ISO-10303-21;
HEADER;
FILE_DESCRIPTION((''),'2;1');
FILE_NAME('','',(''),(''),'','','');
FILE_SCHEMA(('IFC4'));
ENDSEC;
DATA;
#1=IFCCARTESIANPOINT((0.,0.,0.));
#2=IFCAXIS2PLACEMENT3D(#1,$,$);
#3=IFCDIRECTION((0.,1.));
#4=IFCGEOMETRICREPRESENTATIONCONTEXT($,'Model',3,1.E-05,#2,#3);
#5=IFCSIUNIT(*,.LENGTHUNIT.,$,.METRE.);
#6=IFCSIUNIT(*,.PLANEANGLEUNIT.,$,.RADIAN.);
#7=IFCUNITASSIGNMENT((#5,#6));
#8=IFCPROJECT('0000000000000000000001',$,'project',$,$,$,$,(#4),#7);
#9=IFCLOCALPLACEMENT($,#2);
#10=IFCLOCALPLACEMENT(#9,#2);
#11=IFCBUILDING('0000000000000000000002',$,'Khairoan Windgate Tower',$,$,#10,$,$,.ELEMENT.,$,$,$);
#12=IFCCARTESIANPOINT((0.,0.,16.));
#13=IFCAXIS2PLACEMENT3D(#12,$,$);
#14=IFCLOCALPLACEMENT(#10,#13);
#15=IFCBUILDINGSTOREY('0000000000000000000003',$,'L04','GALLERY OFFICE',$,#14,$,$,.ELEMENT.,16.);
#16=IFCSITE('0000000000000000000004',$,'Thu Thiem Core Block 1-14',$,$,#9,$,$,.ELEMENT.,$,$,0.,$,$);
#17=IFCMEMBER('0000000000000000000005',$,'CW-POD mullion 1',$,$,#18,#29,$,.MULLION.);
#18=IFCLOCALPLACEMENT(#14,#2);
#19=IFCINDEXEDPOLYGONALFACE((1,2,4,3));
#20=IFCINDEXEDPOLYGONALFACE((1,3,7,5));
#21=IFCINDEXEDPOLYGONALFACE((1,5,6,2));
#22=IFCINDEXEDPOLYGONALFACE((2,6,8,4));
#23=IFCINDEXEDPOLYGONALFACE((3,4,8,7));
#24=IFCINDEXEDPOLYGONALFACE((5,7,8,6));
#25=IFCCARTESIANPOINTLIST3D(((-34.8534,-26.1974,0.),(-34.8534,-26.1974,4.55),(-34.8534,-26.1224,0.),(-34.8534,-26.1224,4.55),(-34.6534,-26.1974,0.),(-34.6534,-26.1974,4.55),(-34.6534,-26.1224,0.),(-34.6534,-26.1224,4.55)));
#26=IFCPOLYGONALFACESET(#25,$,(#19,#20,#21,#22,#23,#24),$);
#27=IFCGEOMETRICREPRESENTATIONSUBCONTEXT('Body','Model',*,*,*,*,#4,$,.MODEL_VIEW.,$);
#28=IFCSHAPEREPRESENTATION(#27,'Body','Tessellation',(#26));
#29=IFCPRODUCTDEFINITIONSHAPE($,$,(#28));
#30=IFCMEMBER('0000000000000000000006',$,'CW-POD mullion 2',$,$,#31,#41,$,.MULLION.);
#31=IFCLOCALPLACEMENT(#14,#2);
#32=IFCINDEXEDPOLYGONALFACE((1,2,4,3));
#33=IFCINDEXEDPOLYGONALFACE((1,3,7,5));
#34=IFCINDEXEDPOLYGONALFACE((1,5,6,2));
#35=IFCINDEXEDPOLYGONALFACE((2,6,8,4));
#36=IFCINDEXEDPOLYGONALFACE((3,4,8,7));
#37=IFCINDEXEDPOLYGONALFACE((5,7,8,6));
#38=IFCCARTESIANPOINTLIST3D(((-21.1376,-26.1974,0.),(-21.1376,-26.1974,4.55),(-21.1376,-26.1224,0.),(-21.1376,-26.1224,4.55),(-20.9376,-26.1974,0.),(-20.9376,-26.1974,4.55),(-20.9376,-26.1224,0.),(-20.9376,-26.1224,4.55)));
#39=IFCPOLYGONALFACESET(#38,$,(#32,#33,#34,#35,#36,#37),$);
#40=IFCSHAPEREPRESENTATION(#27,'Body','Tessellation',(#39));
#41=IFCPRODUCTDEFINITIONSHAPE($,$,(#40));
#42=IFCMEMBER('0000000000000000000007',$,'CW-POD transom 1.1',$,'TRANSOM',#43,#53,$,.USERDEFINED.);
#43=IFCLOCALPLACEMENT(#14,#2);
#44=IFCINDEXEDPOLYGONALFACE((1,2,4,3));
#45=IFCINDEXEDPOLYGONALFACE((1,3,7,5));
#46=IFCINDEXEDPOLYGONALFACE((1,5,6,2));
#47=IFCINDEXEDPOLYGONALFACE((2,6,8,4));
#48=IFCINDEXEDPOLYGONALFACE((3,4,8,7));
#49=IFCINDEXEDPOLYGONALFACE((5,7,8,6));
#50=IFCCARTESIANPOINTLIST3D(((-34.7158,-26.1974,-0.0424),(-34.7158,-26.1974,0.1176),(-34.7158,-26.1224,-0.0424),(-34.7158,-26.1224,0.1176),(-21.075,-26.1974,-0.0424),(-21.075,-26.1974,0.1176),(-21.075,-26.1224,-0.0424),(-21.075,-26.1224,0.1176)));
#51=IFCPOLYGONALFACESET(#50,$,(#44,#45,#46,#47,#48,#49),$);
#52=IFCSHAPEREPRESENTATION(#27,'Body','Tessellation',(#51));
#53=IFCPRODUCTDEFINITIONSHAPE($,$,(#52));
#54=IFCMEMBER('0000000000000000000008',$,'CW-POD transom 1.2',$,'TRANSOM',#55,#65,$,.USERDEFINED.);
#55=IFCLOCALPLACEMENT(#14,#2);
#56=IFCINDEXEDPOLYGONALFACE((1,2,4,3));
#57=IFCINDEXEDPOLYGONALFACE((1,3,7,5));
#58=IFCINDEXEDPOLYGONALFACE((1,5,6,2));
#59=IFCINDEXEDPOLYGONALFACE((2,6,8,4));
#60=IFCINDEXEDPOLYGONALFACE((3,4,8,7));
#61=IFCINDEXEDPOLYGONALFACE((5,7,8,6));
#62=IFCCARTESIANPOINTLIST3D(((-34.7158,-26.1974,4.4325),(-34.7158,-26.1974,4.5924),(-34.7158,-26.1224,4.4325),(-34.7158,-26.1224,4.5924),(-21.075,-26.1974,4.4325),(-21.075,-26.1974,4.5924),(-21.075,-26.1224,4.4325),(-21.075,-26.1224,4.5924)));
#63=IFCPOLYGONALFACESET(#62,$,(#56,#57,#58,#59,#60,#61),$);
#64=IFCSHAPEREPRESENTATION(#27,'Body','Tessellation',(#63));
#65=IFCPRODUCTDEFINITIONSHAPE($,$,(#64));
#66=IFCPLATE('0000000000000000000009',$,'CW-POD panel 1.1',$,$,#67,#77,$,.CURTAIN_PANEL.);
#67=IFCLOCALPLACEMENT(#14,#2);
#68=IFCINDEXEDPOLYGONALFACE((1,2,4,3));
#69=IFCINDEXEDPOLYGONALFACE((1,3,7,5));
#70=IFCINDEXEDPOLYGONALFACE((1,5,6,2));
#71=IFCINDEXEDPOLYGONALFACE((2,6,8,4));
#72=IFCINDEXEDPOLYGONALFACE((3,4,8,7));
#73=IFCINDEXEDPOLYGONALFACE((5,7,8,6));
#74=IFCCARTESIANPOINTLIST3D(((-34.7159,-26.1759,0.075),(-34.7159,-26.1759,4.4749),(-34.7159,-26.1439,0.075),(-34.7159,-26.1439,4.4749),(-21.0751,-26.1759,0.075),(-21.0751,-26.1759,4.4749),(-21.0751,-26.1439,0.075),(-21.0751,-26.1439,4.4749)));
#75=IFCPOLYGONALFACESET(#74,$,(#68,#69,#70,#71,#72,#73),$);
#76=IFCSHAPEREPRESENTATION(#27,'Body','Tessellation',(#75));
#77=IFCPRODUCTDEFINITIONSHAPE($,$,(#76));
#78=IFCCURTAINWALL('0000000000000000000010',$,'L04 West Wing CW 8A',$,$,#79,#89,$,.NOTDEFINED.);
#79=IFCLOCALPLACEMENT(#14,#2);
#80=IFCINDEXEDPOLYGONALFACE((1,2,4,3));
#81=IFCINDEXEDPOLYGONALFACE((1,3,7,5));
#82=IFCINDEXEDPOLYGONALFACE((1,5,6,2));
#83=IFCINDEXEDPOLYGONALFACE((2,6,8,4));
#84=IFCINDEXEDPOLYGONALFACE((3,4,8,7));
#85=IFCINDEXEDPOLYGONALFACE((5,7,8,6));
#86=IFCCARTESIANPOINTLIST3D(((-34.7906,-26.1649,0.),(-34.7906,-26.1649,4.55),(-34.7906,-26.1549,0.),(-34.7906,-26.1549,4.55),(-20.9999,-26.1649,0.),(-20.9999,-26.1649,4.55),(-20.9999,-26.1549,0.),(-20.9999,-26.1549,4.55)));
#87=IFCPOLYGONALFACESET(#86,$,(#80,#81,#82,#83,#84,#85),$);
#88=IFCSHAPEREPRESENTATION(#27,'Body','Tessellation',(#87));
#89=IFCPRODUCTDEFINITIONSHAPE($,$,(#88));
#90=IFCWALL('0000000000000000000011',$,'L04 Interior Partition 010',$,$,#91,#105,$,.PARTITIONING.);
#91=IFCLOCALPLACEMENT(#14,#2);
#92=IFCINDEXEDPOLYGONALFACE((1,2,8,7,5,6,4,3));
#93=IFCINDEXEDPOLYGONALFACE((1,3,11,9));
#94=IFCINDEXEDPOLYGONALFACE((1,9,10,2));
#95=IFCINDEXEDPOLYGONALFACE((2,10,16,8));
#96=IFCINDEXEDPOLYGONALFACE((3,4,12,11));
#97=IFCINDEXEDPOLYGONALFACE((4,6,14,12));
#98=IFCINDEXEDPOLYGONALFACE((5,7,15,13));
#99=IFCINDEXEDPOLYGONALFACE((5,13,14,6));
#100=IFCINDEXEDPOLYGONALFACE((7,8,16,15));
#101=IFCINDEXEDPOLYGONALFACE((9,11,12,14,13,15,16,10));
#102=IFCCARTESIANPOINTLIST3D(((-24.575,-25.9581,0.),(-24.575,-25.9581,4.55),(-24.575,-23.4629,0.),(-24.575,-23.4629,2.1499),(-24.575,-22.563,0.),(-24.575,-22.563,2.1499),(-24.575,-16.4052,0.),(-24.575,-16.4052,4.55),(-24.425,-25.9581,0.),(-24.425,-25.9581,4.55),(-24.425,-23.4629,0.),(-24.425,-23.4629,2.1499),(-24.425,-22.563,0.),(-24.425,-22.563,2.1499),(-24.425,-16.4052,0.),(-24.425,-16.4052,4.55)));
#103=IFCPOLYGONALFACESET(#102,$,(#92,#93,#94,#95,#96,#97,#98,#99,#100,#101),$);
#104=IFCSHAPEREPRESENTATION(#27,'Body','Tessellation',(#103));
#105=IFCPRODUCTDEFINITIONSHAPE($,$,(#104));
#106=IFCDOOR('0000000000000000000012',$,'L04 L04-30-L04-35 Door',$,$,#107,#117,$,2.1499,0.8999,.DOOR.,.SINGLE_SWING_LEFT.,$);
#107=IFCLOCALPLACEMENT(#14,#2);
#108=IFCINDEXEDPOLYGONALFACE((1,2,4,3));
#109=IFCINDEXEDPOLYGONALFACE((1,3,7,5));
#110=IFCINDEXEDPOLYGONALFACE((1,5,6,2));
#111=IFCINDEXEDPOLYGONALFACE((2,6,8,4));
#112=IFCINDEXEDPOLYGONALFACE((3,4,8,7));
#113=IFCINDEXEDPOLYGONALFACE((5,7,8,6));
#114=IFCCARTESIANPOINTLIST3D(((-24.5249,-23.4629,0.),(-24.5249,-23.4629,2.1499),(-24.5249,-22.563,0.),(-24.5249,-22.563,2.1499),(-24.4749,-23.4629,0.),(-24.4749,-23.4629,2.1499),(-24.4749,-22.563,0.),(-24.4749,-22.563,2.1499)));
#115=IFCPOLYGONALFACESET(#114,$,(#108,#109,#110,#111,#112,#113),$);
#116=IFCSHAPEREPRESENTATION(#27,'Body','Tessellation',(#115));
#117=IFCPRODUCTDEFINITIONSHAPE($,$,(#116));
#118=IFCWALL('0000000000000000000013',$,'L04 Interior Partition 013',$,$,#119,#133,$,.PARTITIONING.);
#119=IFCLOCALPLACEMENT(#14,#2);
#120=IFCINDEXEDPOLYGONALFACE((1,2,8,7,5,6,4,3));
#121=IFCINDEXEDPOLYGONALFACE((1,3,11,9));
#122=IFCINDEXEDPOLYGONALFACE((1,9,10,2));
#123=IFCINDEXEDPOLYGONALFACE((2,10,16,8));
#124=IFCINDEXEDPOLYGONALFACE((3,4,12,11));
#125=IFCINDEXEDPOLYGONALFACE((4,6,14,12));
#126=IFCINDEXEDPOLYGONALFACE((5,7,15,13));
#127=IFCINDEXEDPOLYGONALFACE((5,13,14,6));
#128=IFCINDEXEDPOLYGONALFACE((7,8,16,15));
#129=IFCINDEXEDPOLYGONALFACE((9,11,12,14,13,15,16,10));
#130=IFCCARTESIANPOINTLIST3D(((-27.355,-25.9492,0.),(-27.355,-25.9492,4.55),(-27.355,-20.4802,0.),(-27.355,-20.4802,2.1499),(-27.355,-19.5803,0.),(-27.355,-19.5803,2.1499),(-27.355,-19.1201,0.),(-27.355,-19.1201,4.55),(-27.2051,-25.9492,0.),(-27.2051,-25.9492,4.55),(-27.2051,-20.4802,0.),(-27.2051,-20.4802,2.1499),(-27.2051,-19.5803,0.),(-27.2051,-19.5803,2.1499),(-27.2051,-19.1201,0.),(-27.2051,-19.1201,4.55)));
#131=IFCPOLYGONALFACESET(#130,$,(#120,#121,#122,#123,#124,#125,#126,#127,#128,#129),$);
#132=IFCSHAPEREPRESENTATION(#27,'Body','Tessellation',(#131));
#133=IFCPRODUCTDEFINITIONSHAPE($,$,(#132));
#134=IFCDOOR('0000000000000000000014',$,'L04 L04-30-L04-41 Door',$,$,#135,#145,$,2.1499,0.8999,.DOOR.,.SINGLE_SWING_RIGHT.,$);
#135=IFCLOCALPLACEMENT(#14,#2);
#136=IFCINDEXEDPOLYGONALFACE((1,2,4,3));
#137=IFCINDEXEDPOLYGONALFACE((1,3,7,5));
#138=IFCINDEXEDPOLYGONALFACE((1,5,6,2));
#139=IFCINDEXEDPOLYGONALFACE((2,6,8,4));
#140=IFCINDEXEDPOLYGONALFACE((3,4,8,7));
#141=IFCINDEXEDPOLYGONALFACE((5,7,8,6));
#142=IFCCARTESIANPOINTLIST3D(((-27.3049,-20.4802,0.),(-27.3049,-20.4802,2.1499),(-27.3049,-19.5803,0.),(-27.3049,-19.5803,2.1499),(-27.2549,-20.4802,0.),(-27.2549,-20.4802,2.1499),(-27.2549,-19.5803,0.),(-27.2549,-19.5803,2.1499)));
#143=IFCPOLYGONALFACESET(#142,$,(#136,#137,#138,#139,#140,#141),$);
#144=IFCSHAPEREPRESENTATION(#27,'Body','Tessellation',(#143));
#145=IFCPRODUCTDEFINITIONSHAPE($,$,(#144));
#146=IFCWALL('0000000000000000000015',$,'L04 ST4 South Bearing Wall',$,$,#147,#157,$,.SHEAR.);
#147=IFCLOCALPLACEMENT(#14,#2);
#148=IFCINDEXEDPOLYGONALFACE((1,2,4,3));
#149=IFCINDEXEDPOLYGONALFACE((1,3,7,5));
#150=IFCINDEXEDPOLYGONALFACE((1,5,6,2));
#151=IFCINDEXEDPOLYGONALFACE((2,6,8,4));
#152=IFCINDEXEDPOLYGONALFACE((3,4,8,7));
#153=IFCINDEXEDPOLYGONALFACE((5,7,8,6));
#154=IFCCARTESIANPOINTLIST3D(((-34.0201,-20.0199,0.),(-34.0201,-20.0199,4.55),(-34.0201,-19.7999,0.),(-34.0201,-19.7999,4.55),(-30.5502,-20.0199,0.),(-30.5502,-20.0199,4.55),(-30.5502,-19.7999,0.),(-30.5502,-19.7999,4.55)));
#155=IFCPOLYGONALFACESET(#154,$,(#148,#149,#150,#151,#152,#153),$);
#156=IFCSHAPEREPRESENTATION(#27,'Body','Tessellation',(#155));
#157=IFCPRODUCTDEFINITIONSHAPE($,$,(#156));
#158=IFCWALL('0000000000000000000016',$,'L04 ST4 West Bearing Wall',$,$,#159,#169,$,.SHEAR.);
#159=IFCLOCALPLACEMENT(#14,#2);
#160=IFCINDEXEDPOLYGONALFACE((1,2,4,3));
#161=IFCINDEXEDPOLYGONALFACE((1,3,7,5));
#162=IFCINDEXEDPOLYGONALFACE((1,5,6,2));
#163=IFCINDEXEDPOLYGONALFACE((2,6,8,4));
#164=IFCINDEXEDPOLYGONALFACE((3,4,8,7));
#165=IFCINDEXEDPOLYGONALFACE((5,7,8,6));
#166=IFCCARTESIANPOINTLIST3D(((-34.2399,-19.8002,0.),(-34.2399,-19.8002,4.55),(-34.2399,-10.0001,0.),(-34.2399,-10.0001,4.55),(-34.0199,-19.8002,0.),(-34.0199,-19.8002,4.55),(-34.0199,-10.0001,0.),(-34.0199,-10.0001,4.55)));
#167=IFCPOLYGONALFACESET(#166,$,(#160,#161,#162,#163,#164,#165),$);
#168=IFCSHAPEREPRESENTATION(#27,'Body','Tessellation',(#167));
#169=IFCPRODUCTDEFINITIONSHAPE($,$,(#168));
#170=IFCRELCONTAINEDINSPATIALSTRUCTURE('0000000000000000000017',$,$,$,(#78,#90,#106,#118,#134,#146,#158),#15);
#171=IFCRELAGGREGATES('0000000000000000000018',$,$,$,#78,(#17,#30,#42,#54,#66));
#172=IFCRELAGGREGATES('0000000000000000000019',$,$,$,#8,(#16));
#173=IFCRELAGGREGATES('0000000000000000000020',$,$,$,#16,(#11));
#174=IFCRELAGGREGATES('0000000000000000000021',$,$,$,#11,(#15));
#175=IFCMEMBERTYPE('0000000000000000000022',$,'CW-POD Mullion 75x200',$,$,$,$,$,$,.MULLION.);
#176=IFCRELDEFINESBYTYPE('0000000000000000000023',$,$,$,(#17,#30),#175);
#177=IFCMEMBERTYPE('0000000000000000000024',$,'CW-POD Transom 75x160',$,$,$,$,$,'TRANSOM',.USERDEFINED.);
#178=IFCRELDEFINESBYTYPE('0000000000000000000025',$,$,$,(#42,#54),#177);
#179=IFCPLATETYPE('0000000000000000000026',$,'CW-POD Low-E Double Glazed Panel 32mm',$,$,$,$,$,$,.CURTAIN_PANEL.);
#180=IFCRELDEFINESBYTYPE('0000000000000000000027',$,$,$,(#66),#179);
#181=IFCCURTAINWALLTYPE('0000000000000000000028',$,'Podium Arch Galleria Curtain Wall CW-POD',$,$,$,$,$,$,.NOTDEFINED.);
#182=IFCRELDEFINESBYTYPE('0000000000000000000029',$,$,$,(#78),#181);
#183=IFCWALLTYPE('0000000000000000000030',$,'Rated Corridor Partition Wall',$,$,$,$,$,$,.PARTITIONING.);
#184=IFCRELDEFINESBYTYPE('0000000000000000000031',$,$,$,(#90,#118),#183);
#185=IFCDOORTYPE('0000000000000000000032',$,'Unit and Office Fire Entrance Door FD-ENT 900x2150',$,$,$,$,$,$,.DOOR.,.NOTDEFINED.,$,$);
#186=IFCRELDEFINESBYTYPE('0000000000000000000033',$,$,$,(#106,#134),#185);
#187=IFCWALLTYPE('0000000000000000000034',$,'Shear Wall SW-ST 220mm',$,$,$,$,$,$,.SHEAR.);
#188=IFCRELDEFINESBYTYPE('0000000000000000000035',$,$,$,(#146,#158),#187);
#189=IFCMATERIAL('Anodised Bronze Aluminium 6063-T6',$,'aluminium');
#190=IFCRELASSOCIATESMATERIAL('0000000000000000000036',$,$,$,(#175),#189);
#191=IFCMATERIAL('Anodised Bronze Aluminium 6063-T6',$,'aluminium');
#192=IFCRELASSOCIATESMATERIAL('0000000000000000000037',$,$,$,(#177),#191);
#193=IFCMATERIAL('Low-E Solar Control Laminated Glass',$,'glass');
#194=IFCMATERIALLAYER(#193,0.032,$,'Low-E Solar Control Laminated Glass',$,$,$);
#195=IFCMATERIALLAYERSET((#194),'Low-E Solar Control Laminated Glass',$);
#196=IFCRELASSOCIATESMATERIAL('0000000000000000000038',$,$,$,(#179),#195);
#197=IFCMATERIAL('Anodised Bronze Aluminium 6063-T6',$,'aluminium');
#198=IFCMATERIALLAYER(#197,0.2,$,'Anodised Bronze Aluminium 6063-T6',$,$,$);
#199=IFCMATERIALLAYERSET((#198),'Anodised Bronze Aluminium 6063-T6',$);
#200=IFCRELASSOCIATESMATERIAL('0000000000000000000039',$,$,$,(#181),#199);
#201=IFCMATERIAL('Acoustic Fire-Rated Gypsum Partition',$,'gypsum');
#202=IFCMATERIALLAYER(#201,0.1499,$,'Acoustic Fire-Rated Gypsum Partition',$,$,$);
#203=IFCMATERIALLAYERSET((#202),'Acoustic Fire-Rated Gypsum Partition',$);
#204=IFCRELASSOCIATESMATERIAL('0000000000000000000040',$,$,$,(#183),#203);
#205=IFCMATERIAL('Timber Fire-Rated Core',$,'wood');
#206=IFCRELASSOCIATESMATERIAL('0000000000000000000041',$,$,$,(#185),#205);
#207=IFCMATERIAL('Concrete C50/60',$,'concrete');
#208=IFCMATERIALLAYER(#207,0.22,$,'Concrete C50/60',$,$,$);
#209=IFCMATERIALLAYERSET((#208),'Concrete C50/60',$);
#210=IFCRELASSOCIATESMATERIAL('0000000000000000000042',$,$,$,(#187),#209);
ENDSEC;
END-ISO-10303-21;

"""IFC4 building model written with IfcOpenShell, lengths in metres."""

from ifc_helpers import new_model, si_unit, direction, frame, frame_2d, origin, origin_2d, place, context, subcontext, project, spatial, rectangle, extrude, material, layer, layer_set, material_profile, profile_set, type_object, element, fill, aggregate, save


model = new_model("IFC4")

# Units and contexts
model_context = context("Model", 3, precision=1e-05, world=origin(), true_north=direction((0.0, 1.0)))
body_context = subcontext(model_context, "Body", "Model", "MODEL_VIEW")
ifc_project = project(units=[si_unit("LENGTHUNIT", "METRE"), si_unit("PLANEANGLEUNIT", "RADIAN")], contexts=[model_context])

# Site, building, storey
site_placement = place(None, origin())
site = spatial("IfcSite", under=ifc_project, at=site_placement, Name="Thu Thiem Core Block 1-14", CompositionType="ELEMENT", RefElevation=0.0)
building_placement = place(site_placement, origin())
building = spatial("IfcBuilding", under=site, at=building_placement, Name="Khairoan Windgate Tower", CompositionType="ELEMENT")
storey_placement = place(building_placement, frame((0.0, 0.0, 16.0)))
storey = spatial("IfcBuildingStorey", under=building, at=storey_placement, Name="L04", Description="GALLERY OFFICE", CompositionType="ELEMENT", Elevation=16.0)

# Members
ifc_material_1 = material(Name="Anodised Bronze Aluminium 6063-T6", Category="aluminium")
ifc_material_profile_1 = material_profile(ifc_material_1, rectangle(XDim=0.075, YDim=0.2, at=origin_2d()))
ifc_profile_set_1 = profile_set([ifc_material_profile_1], Name="Anodised Bronze Aluminium 6063-T6")
member_type_1 = type_object("IfcMemberType", Name="CW-POD Mullion 75x200", PredefinedType="MULLION", material=ifc_profile_set_1)
member_1_placement = place(storey_placement, frame((-34.7534, -26.1599, 0.0), z_axis=(0.0, 0.0, 1.0), x_axis=(0.0, 1.0, 0.0)))
member_1 = element("IfcMember", 1, at=member_1_placement, type_object=member_type_1, Name="CW-POD mullion 1", PredefinedType="MULLION", context=body_context, shape_type="SweptSolid", body=[
    extrude(rectangle(XDim=0.075, YDim=0.2, at=origin_2d()), origin(), (0.0, 0.0, 1.0), 4.55),
])
member_2_placement = place(storey_placement, frame((-21.0376, -26.1599, 0.0), z_axis=(0.0, 0.0, 1.0), x_axis=(0.0, 1.0, 0.0)))
member_2 = element("IfcMember", 2, at=member_2_placement, type_object=member_type_1, Name="CW-POD mullion 2", PredefinedType="MULLION", context=body_context, shape_type="SweptSolid", body=[
    extrude(rectangle(XDim=0.075, YDim=0.2, at=origin_2d()), origin(), (0.0, 0.0, 1.0), 4.55),
])
ifc_material_2 = material(Name="Anodised Bronze Aluminium 6063-T6", Category="aluminium")
ifc_material_profile_2 = material_profile(ifc_material_2, rectangle(XDim=0.075, YDim=0.1599, at=origin_2d()))
ifc_profile_set_2 = profile_set([ifc_material_profile_2], Name="Anodised Bronze Aluminium 6063-T6")
member_type_2 = type_object("IfcMemberType", Name="CW-POD Transom 75x160", ElementType="TRANSOM", PredefinedType="USERDEFINED", material=ifc_profile_set_2)
member_3_placement = place(storey_placement, frame((-34.7158, -26.1599, 0.0376), z_axis=(1.0, 0.0, 0.0), x_axis=(0.0, 1.0, 0.0)))
member_3 = element("IfcMember", 3, at=member_3_placement, type_object=member_type_2, Name="CW-POD transom 1.1", ObjectType="TRANSOM", PredefinedType="USERDEFINED", context=body_context, shape_type="SweptSolid", body=[
    extrude(rectangle(XDim=0.075, YDim=0.1599, at=origin_2d()), origin(), (0.0, 0.0, 1.0), 13.6409),
])
member_4_placement = place(storey_placement, frame((-34.7158, -26.1599, 4.5125), z_axis=(1.0, 0.0, 0.0), x_axis=(0.0, 1.0, 0.0)))
member_4 = element("IfcMember", 4, at=member_4_placement, type_object=member_type_2, Name="CW-POD transom 1.2", ObjectType="TRANSOM", PredefinedType="USERDEFINED", context=body_context, shape_type="SweptSolid", body=[
    extrude(rectangle(XDim=0.075, YDim=0.1599, at=origin_2d()), origin(), (0.0, 0.0, 1.0), 13.6409),
])

# Plate
ifc_material_3 = material(Name="Low-E Solar Control Laminated Glass", Category="glass")
ifc_layer_1 = layer(ifc_material_3, 0.032, Name="Low-E Solar Control Laminated Glass")
ifc_layer_set_1 = layer_set([ifc_layer_1], Name="Low-E Solar Control Laminated Glass")
plate_type = type_object("IfcPlateType", Name="CW-POD Low-E Double Glazed Panel 32mm", PredefinedType="CURTAIN_PANEL", material=ifc_layer_set_1)
plate_1_placement = place(storey_placement, frame((-27.8955, -26.1599, 0.075), z_axis=(0.0, 0.0, 1.0), x_axis=(1.0, 0.0, 0.0)))
plate_1 = element("IfcPlate", 5, at=plate_1_placement, type_object=plate_type, Name="CW-POD panel 1.1", PredefinedType="CURTAIN_PANEL", context=body_context, shape_type="SweptSolid", body=[
    extrude(rectangle(XDim=13.6409, YDim=0.032, at=origin_2d()), origin(), (0.0, 0.0, 1.0), 4.3999),
])

# Curtain wall
ifc_material_4 = material(Name="Anodised Bronze Aluminium 6063-T6", Category="aluminium")
ifc_layer_2 = layer(ifc_material_4, 0.2, Name="Anodised Bronze Aluminium 6063-T6")
ifc_layer_set_2 = layer_set([ifc_layer_2], Name="Anodised Bronze Aluminium 6063-T6")
curtain_wall_type = type_object("IfcCurtainWallType", Name="Podium Arch Galleria Curtain Wall CW-POD", PredefinedType="NOTDEFINED", material=ifc_layer_set_2)
curtain_wall_1_placement = place(storey_placement, frame((-34.7908, -26.1599, 0.0), z_axis=(0.0, 0.0, 1.0), x_axis=(1.0, 0.0, 0.0)))
curtain_wall_1 = element("IfcCurtainWall", 6, at=curtain_wall_1_placement, inside=storey, type_object=curtain_wall_type, Name="L04 West Wing CW 8A", PredefinedType="NOTDEFINED", context=body_context, shape_type="SweptSolid", body=[
    extrude(rectangle(XDim=13.7908, YDim=0.01, at=frame_2d((6.8955, 0.0))), origin(), (0.0, 0.0, 1.0), 4.55),
])
aggregate(curtain_wall_1, [member_1, member_2, member_3, member_4, plate_1])

# Walls, openings, doors
ifc_material_5 = material(Name="Acoustic Fire-Rated Gypsum Partition", Category="gypsum")
ifc_layer_3 = layer(ifc_material_5, 0.1499, Name="Acoustic Fire-Rated Gypsum Partition")
ifc_layer_set_3 = layer_set([ifc_layer_3], Name="Acoustic Fire-Rated Gypsum Partition")
wall_type_1 = type_object("IfcWallType", Name="Rated Corridor Partition Wall", PredefinedType="PARTITIONING", material=ifc_layer_set_3)
wall_1_placement = place(storey_placement, frame((-24.5, -25.958, 0.0), z_axis=(0.0, 0.0, 1.0), x_axis=(0.0, 1.0, 0.0)))
wall_1 = element("IfcWall", 7, at=wall_1_placement, inside=storey, type_object=wall_type_1, Name="L04 Interior Partition 010", PredefinedType="PARTITIONING", context=body_context, shape_type="SweptSolid", body=[
    extrude(rectangle(XDim=9.553, YDim=0.1499, at=frame_2d((4.7764, 0.0))), origin(), (0.0, 0.0, 1.0), 4.55),
])
opening_1_placement = place(wall_1_placement, frame((2.4951, 0.0, 0.0)))
opening_1 = element("IfcOpeningElement", 8, at=opening_1_placement, cuts=wall_1, PredefinedType="OPENING", context=body_context, shape_type="SweptSolid", body=[
    extrude(rectangle(XDim=0.8999, YDim=2.1499, at=frame_2d((0.45, 1.075))), frame((0.0, 0.085, 0.0), z_axis=(0.0, -1.0, 0.0), x_axis=(1.0, 0.0, 0.0)), (0.0, 0.0, 1.0), 0.1699),
])
ifc_material_6 = material(Name="Timber Fire-Rated Core", Category="wood")
door_type = type_object("IfcDoorType", Name="Unit and Office Fire Entrance Door FD-ENT 900x2150", OperationType="NOTDEFINED", PredefinedType="DOOR", material=ifc_material_6)
door_1_placement = place(opening_1_placement, origin())
door_1 = element("IfcDoor", 9, at=door_1_placement, inside=storey, type_object=door_type, Name="L04 L04-30-L04-35 Door", OperationType="SINGLE_SWING_LEFT", OverallHeight=2.1499, OverallWidth=0.8999, PredefinedType="DOOR", context=body_context, shape_type="SweptSolid", body=[
    extrude(rectangle(XDim=0.8999, YDim=2.1499, at=frame_2d((0.45, 1.075))), frame((0.0, 0.0249, 0.0), z_axis=(0.0, -1.0, 0.0), x_axis=(1.0, 0.0, 0.0)), (0.0, 0.0, 1.0), 0.05),
])
fill(opening_1, door_1)
wall_2_placement = place(storey_placement, frame((-27.28, -25.9492, 0.0), z_axis=(0.0, 0.0, 1.0), x_axis=(0.0, 1.0, 0.0)))
wall_2 = element("IfcWall", 10, at=wall_2_placement, inside=storey, type_object=wall_type_1, Name="L04 Interior Partition 013", PredefinedType="PARTITIONING", context=body_context, shape_type="SweptSolid", body=[
    extrude(rectangle(XDim=6.8291, YDim=0.1499, at=frame_2d((3.4146, 0.0))), origin(), (0.0, 0.0, 1.0), 4.55),
])
opening_2_placement = place(wall_2_placement, frame((5.469, 0.0, 0.0)))
opening_2 = element("IfcOpeningElement", 11, at=opening_2_placement, cuts=wall_2, PredefinedType="OPENING", context=body_context, shape_type="SweptSolid", body=[
    extrude(rectangle(XDim=0.8999, YDim=2.1499, at=frame_2d((0.45, 1.075))), frame((0.0, 0.085, 0.0), z_axis=(0.0, -1.0, 0.0), x_axis=(1.0, 0.0, 0.0)), (0.0, 0.0, 1.0), 0.1699),
])
door_2_placement = place(opening_2_placement, origin())
door_2 = element("IfcDoor", 12, at=door_2_placement, inside=storey, type_object=door_type, Name="L04 L04-30-L04-41 Door", OperationType="SINGLE_SWING_RIGHT", OverallHeight=2.1499, OverallWidth=0.8999, PredefinedType="DOOR", context=body_context, shape_type="SweptSolid", body=[
    extrude(rectangle(XDim=0.8999, YDim=2.1499, at=frame_2d((0.45, 1.075))), frame((0.0, 0.0249, 0.0), z_axis=(0.0, -1.0, 0.0), x_axis=(1.0, 0.0, 0.0)), (0.0, 0.0, 1.0), 0.05),
])
fill(opening_2, door_2)

# Walls
ifc_material_7 = material(Name="Concrete C50/60", Category="concrete")
ifc_layer_4 = layer(ifc_material_7, 0.22, Name="Concrete C50/60")
ifc_layer_set_4 = layer_set([ifc_layer_4], Name="Concrete C50/60")
wall_type_2 = type_object("IfcWallType", Name="Shear Wall SW-ST 220mm", PredefinedType="SHEAR", material=ifc_layer_set_4)
wall_3_placement = place(storey_placement, frame((-34.02, -19.9099, 0.0), z_axis=(0.0, 0.0, 1.0), x_axis=(1.0, 0.0, 0.0)))
element("IfcWall", 13, at=wall_3_placement, inside=storey, type_object=wall_type_2, Name="L04 ST4 South Bearing Wall", PredefinedType="SHEAR", context=body_context, shape_type="SweptSolid", body=[
    extrude(rectangle(XDim=3.47, YDim=0.22, at=frame_2d((1.7349, 0.0))), origin(), (0.0, 0.0, 1.0), 4.55),
])
wall_4_placement = place(storey_placement, frame((-34.1299, -19.8, 0.0), z_axis=(0.0, 0.0, 1.0), x_axis=(0.0, 1.0, 0.0)))
element("IfcWall", 14, at=wall_4_placement, inside=storey, type_object=wall_type_2, Name="L04 ST4 West Bearing Wall", PredefinedType="SHEAR", context=body_context, shape_type="SweptSolid", body=[
    extrude(rectangle(XDim=9.8, YDim=0.22, at=frame_2d((4.8999, 0.0))), origin(), (0.0, 0.0, 1.0), 4.55),
])

save(model, "model.ifc")
